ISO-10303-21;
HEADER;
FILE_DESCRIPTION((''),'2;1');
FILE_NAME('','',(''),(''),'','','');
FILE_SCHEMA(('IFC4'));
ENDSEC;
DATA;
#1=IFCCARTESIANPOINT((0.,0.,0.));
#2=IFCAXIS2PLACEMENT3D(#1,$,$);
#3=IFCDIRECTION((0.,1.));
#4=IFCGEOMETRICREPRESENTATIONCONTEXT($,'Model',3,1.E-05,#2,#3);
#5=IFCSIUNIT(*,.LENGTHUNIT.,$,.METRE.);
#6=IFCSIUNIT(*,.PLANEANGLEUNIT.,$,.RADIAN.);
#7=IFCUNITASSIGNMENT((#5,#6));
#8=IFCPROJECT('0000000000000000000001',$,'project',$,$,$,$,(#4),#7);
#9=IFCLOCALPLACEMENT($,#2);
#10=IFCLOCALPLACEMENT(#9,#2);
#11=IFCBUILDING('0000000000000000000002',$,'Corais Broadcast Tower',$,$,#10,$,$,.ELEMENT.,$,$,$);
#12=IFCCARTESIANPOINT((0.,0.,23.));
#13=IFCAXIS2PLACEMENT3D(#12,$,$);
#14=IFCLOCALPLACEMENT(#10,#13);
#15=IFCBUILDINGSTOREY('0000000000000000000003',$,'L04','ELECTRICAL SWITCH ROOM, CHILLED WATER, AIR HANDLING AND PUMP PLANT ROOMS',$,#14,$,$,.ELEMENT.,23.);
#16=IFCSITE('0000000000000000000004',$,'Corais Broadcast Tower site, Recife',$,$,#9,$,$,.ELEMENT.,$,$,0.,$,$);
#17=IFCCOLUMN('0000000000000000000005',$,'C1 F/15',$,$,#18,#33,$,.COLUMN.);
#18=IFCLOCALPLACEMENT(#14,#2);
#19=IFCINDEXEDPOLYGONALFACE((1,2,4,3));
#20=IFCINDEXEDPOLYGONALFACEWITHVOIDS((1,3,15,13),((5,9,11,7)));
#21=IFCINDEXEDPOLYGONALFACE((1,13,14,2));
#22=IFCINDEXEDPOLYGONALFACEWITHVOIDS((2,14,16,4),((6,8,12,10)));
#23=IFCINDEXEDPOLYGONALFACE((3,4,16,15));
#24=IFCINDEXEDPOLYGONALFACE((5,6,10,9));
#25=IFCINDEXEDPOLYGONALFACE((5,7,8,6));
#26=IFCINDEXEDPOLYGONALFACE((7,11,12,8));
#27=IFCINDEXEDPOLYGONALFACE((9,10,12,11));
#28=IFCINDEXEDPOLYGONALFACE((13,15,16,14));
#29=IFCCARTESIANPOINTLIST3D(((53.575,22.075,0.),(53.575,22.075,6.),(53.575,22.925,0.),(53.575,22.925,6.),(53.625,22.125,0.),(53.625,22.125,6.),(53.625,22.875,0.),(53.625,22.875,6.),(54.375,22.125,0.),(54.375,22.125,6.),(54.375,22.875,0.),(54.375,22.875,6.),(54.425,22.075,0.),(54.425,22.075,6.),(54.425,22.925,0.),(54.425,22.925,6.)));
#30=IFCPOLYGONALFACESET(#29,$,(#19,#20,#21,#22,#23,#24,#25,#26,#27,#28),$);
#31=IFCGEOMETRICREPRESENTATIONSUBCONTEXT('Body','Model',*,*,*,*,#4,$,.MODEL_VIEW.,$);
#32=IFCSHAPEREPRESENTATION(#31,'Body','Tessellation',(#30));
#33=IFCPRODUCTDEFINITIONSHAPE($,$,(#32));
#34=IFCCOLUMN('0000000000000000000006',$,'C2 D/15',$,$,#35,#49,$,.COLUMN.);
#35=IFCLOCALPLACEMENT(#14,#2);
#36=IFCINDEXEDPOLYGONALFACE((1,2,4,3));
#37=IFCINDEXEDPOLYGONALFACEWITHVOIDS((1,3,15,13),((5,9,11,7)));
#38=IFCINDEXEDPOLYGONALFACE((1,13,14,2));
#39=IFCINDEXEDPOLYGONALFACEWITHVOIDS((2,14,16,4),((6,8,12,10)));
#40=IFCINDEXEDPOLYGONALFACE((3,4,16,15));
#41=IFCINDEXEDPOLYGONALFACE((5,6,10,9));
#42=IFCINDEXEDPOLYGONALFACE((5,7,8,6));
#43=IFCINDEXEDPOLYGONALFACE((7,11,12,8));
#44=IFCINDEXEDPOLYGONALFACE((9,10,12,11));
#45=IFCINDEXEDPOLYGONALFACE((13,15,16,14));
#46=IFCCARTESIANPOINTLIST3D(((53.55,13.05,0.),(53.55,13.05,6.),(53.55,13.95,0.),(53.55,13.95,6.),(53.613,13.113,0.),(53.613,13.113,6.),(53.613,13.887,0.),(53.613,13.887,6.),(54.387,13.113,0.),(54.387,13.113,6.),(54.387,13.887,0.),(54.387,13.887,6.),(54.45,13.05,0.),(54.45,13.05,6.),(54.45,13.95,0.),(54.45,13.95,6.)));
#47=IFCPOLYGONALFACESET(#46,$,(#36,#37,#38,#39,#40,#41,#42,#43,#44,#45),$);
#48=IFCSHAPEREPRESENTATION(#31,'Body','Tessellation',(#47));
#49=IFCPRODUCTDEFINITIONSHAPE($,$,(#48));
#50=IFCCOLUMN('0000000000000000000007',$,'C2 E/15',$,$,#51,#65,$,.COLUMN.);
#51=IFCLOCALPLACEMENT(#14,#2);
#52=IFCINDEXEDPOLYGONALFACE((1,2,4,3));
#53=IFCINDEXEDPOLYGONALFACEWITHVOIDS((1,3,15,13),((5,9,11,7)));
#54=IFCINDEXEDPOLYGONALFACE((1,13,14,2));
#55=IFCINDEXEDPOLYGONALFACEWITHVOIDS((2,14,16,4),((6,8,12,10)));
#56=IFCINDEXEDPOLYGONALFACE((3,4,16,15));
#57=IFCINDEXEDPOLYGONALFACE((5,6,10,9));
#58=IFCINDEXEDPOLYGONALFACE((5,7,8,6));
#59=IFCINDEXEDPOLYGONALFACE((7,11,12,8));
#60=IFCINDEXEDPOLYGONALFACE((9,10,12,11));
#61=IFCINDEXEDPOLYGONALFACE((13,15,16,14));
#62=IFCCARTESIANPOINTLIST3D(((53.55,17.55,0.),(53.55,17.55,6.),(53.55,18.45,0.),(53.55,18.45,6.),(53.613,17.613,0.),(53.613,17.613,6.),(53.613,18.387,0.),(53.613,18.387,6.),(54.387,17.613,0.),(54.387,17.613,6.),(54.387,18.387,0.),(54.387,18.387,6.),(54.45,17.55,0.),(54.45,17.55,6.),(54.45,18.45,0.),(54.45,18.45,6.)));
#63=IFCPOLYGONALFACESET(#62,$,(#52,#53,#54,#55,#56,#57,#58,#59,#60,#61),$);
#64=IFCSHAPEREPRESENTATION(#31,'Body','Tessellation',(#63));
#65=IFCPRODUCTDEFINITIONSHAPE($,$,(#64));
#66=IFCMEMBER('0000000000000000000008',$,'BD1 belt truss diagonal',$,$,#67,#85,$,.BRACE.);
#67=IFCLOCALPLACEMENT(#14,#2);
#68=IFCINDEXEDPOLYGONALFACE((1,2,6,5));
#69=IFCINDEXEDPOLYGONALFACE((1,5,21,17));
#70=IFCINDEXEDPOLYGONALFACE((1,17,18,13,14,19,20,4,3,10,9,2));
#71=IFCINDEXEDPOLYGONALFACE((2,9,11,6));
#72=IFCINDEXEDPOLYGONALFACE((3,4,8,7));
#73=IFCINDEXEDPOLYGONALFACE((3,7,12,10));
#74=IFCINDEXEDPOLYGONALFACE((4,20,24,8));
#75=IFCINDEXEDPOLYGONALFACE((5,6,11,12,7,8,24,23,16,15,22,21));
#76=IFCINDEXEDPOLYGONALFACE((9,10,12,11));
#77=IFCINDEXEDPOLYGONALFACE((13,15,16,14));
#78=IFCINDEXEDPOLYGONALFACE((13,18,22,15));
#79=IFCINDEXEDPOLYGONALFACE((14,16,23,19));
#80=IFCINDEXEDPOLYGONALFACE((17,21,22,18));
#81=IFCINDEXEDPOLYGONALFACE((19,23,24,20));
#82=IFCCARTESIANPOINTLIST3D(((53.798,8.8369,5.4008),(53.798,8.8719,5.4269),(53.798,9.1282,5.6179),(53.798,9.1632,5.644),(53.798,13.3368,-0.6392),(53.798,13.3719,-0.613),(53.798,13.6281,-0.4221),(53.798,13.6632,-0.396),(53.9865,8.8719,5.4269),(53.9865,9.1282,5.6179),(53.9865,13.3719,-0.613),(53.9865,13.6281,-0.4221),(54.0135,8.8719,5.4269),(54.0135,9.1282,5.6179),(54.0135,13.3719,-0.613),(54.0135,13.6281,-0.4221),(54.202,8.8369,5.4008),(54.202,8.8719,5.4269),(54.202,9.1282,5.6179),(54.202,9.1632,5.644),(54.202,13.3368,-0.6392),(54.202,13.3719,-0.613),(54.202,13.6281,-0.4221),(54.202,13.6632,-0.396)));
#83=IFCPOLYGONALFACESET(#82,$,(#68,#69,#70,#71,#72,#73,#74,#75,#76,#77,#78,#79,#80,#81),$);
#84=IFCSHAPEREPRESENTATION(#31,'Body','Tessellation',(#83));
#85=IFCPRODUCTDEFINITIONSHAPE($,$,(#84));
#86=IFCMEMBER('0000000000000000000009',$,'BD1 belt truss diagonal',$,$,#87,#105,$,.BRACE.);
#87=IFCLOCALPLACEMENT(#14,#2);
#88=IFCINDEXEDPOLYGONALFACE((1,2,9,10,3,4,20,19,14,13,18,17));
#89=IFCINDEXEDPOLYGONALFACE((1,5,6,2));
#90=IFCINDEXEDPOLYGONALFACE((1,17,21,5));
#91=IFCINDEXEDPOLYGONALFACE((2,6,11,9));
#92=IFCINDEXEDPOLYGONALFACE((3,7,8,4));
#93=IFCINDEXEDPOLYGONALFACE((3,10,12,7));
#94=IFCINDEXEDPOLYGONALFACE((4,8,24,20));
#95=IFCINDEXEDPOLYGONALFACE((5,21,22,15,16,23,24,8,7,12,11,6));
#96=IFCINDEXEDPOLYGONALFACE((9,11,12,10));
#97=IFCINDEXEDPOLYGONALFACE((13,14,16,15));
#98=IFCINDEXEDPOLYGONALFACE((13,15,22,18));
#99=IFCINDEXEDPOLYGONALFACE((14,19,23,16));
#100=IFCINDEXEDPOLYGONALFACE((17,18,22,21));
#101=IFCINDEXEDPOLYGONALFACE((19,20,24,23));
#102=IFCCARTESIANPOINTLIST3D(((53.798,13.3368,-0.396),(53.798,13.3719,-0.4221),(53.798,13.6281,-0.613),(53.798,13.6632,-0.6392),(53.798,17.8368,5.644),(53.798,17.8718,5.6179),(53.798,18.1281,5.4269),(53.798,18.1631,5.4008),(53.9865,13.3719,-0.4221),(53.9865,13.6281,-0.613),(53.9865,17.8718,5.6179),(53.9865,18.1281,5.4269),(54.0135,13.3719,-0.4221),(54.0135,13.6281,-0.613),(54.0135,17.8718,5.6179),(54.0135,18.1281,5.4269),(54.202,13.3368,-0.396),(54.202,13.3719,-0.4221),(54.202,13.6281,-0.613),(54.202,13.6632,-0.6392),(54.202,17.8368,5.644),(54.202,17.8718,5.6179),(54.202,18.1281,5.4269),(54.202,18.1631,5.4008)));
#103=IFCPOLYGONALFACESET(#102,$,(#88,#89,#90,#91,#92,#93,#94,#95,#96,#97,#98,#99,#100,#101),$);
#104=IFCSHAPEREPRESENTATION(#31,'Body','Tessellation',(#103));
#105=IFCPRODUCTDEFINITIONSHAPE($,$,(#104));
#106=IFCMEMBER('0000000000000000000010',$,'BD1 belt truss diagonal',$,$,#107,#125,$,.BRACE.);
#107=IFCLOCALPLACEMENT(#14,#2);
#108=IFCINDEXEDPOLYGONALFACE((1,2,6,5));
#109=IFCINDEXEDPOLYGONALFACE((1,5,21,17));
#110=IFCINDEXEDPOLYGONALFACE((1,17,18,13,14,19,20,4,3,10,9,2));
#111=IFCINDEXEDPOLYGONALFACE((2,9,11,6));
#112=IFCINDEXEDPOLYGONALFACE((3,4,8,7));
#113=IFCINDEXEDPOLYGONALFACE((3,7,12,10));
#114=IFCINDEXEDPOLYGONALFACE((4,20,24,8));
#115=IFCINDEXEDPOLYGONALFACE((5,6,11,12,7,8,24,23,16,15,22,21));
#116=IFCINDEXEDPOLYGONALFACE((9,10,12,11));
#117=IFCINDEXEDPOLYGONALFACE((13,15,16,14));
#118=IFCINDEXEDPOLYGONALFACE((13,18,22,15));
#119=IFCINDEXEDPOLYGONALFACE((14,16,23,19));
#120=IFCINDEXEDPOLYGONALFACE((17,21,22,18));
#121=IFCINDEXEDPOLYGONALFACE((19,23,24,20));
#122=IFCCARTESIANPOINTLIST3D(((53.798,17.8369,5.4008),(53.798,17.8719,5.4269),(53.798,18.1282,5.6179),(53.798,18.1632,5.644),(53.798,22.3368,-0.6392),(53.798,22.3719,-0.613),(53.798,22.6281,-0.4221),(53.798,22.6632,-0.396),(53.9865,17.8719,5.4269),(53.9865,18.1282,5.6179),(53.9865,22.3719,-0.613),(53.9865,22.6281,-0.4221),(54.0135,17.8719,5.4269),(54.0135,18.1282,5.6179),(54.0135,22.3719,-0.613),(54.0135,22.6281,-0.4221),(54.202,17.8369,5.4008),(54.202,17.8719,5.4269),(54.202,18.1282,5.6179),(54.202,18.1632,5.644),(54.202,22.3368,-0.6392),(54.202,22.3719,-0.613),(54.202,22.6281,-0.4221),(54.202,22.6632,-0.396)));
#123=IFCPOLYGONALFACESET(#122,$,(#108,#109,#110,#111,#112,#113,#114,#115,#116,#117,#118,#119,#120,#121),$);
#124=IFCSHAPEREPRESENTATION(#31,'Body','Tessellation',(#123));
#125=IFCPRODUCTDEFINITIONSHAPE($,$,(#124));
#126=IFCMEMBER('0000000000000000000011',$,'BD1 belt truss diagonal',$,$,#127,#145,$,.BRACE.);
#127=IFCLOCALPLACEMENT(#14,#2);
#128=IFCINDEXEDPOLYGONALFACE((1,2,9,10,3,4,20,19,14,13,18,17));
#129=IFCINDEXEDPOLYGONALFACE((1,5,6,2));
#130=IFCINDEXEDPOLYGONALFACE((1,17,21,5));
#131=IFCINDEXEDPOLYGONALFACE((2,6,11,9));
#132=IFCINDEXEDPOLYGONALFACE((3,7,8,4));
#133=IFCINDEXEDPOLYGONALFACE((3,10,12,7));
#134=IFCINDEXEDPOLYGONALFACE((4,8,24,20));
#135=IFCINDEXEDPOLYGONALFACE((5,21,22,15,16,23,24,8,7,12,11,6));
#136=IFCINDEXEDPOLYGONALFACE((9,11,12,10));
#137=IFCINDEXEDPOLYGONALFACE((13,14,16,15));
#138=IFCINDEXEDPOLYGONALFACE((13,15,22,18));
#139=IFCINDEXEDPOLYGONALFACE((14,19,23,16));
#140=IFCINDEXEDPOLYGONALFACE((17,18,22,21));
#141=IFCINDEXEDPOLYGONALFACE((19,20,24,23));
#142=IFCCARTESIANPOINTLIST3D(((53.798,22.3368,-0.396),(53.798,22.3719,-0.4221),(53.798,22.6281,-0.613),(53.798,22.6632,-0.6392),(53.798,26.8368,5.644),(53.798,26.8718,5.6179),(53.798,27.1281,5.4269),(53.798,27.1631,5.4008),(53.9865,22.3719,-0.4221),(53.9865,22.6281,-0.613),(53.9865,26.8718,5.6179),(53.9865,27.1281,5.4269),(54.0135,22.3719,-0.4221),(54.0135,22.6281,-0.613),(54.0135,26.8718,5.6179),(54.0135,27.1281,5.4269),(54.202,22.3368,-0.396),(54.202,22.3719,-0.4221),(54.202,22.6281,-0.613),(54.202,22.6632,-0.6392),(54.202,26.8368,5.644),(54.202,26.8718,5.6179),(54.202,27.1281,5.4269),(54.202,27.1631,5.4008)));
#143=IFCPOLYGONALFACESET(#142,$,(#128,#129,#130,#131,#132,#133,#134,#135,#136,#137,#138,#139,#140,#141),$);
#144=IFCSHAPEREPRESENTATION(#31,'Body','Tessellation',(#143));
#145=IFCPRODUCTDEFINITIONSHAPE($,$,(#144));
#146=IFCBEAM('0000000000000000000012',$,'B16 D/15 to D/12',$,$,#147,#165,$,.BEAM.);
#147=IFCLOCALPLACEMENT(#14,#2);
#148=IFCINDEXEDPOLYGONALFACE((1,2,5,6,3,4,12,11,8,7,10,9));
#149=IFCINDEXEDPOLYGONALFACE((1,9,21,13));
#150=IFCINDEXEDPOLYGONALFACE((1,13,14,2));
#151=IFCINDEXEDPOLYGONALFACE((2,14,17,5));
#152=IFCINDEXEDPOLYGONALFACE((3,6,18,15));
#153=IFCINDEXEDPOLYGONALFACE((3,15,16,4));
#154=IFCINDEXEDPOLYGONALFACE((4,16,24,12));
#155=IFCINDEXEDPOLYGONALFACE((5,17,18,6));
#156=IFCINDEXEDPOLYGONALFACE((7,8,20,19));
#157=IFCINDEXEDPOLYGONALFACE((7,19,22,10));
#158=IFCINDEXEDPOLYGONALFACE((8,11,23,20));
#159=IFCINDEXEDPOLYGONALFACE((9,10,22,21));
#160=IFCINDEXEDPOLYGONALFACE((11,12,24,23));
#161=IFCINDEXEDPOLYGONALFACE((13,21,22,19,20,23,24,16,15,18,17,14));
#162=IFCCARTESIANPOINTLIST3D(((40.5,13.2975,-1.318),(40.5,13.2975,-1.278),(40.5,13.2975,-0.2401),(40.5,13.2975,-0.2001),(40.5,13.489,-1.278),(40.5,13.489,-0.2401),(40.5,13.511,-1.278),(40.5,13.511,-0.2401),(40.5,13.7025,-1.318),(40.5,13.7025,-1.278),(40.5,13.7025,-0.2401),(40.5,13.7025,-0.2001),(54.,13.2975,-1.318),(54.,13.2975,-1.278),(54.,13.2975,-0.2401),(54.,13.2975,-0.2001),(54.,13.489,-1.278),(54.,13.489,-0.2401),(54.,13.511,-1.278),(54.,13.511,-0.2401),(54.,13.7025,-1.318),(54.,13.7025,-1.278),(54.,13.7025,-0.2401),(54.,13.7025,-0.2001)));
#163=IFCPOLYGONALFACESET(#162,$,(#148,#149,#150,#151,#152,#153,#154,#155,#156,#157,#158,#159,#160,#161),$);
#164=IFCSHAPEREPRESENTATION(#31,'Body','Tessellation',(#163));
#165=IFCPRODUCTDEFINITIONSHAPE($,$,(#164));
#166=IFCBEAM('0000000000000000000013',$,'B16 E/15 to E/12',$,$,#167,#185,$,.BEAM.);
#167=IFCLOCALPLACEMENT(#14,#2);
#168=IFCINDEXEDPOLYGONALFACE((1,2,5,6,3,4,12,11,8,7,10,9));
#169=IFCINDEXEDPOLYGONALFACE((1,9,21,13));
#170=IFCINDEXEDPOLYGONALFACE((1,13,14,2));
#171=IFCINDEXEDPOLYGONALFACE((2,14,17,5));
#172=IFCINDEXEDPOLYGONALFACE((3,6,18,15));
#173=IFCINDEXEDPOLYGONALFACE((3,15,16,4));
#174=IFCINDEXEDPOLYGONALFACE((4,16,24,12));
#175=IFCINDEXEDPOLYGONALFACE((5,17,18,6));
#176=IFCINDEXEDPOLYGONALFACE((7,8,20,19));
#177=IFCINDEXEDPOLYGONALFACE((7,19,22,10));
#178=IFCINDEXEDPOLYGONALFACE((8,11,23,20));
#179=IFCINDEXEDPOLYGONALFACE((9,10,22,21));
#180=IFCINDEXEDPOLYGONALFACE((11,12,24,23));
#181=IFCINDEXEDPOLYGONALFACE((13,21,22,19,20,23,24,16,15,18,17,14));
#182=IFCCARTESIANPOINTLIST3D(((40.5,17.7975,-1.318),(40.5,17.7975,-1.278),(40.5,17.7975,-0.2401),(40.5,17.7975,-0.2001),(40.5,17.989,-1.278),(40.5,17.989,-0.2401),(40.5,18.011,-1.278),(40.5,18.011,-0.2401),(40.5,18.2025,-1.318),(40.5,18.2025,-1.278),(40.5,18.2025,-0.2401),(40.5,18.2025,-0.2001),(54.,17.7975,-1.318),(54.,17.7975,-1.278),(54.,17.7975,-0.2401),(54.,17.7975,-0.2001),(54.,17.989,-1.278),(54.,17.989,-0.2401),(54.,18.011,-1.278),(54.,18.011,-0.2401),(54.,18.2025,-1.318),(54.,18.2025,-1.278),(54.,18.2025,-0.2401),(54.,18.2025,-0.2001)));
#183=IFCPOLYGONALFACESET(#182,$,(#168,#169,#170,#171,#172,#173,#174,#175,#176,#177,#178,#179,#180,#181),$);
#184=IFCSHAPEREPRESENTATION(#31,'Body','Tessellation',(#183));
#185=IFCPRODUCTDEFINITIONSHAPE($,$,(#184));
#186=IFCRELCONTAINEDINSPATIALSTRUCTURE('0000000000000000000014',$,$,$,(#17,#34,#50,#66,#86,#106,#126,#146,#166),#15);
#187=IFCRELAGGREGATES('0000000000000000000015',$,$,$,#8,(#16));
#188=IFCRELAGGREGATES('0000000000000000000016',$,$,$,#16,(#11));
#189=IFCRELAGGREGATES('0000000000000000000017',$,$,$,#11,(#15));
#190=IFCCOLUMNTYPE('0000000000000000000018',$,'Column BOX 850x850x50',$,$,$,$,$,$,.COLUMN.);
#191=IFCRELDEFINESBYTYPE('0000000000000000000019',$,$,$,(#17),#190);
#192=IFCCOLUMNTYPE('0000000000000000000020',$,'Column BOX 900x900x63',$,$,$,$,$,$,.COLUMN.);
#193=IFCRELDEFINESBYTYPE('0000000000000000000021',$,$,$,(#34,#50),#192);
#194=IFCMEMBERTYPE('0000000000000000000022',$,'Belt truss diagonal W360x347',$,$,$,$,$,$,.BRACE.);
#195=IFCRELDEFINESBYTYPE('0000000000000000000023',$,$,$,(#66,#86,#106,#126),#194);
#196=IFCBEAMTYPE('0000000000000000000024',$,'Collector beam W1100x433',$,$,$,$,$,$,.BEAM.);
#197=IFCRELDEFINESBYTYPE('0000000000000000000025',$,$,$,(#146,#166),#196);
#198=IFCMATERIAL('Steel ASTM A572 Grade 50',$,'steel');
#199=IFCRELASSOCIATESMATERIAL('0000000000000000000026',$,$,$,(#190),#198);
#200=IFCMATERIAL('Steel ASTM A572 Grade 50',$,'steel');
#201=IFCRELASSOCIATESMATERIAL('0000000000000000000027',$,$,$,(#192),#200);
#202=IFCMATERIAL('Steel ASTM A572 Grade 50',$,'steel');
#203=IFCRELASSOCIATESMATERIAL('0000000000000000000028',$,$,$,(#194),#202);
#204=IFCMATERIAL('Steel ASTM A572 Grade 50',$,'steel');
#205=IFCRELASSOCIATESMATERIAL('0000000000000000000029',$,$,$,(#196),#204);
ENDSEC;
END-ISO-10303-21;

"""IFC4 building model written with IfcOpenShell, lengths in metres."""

from ifc_helpers import new_model, si_unit, direction, frame, origin, origin_2d, place, context, subcontext, project, spatial, hollow_rectangle, i_section, extrude, material, material_profile, profile_set, type_object, element, save


model = new_model("IFC4")

# Units and contexts
model_context = context("Model", 3, precision=1e-05, world=origin(), true_north=direction((0.0, 1.0)))
body_context = subcontext(model_context, "Body", "Model", "MODEL_VIEW")
ifc_project = project(units=[si_unit("LENGTHUNIT", "METRE"), si_unit("PLANEANGLEUNIT", "RADIAN")], contexts=[model_context])

# Site, building, storey
site_placement = place(None, origin())
site = spatial("IfcSite", under=ifc_project, at=site_placement, Name="Corais Broadcast Tower site, Recife", CompositionType="ELEMENT", RefElevation=0.0)
building_placement = place(site_placement, origin())
building = spatial("IfcBuilding", under=site, at=building_placement, Name="Corais Broadcast Tower", CompositionType="ELEMENT")
storey_placement = place(building_placement, frame((0.0, 0.0, 23.0)))
storey = spatial("IfcBuildingStorey", under=building, at=storey_placement, Name="L04", Description="ELECTRICAL SWITCH ROOM, CHILLED WATER, AIR HANDLING AND PUMP PLANT ROOMS", CompositionType="ELEMENT", Elevation=23.0)

# Columns
ifc_material_1 = material(Name="Steel ASTM A572 Grade 50", Category="steel")
ifc_material_profile_1 = material_profile(ifc_material_1, hollow_rectangle(XDim=0.8501, YDim=0.8501, WallThickness=0.05, at=origin_2d()), Name="BOX 850x850x50")
ifc_profile_set_1 = profile_set([ifc_material_profile_1], Name="Steel ASTM A572 Grade 50")
column_type_1 = type_object("IfcColumnType", Name="Column BOX 850x850x50", PredefinedType="COLUMN", material=ifc_profile_set_1)
column_placement = place(storey_placement, frame((54.0, 22.5, 0.0), z_axis=(0.0, 0.0, 1.0), x_axis=(1.0, 0.0, 0.0)))
element("IfcColumn", 1, at=column_placement, inside=storey, type_object=column_type_1, Name="C1 F/15", PredefinedType="COLUMN", context=body_context, shape_type="SweptSolid", body=[
    extrude(hollow_rectangle(XDim=0.8501, YDim=0.8501, WallThickness=0.05, at=origin_2d()), origin(), (0.0, 0.0, 1.0), 6.0),
])
ifc_material_2 = material(Name="Steel ASTM A572 Grade 50", Category="steel")
ifc_material_profile_2 = material_profile(ifc_material_2, hollow_rectangle(XDim=0.8999, YDim=0.8999, WallThickness=0.063, at=origin_2d()), Name="BOX 900x900x63")
ifc_profile_set_2 = profile_set([ifc_material_profile_2], Name="Steel ASTM A572 Grade 50")
column_type_2 = type_object("IfcColumnType", Name="Column BOX 900x900x63", PredefinedType="COLUMN", material=ifc_profile_set_2)
for number, where, z_axis, x_axis, name in (
    (2, (54.0, 13.5, 0.0), (0.0, 0.0, 1.0), (1.0, 0.0, 0.0), "C2 D/15"),
    (3, (54.0, 18.0, 0.0), (0.0, 0.0, 1.0), (1.0, 0.0, 0.0), "C2 E/15"),
):
    element("IfcColumn", number, at=place(storey_placement, frame(where, z_axis=z_axis, x_axis=x_axis)), inside=storey, type_object=column_type_2, Name=name, PredefinedType="COLUMN", context=body_context, shape_type="SweptSolid", body=[
        extrude(hollow_rectangle(XDim=0.8999, YDim=0.8999, WallThickness=0.063, at=origin_2d()), origin(), (0.0, 0.0, 1.0), 6.0),
    ])

# Members
ifc_material_3 = material(Name="Steel ASTM A572 Grade 50", Category="steel")
ifc_material_profile_3 = material_profile(ifc_material_3, i_section(OverallWidth=0.4041, OverallDepth=0.407, WebThickness=0.0271, FlangeThickness=0.0437, at=origin_2d()), Name="W360x347")
ifc_profile_set_3 = profile_set([ifc_material_profile_3], Name="Steel ASTM A572 Grade 50")
member_type = type_object("IfcMemberType", Name="Belt truss diagonal W360x347", PredefinedType="BRACE", material=ifc_profile_set_3)
for number, where, z_axis, x_axis, name in (
    (4, (54.0, 13.5, -0.5176), (0.0, -0.597445, 0.80191), (1.0, 0.0, 0.0), "BD1 belt truss diagonal"),
    (5, (54.0, 13.5, -0.5176), (0.0, 0.597445, 0.80191), (-1.0, 0.0, 0.0), "BD1 belt truss diagonal"),
    (6, (54.0, 22.5, -0.5176), (0.0, -0.597445, 0.80191), (1.0, 0.0, 0.0), "BD1 belt truss diagonal"),
    (7, (54.0, 22.5, -0.5176), (0.0, 0.597445, 0.80191), (-1.0, 0.0, 0.0), "BD1 belt truss diagonal"),
):
    element("IfcMember", number, at=place(storey_placement, frame(where, z_axis=z_axis, x_axis=x_axis)), inside=storey, type_object=member_type, Name=name, PredefinedType="BRACE", context=body_context, shape_type="SweptSolid", body=[
        extrude(i_section(OverallWidth=0.4041, OverallDepth=0.407, WebThickness=0.0271, FlangeThickness=0.0437, at=origin_2d()), origin(), (0.0, 0.0, 1.0), 7.532),
    ])

# Beams
ifc_material_4 = material(Name="Steel ASTM A572 Grade 50", Category="steel")
ifc_material_profile_4 = material_profile(ifc_material_4, i_section(OverallWidth=0.405, OverallDepth=1.1179, WebThickness=0.022, FlangeThickness=0.04, at=origin_2d()), Name="W1100x433")
ifc_profile_set_4 = profile_set([ifc_material_profile_4], Name="Steel ASTM A572 Grade 50")
beam_type_1 = type_object("IfcBeamType", Name="Collector beam W1100x433", PredefinedType="BEAM", material=ifc_profile_set_4)
for number, where, z_axis, x_axis, name in (
    (8, (54.0, 13.5, -0.759), (-1.0, 0.0, 0.0), (0.0, -1.0, 0.0), "B16 D/15 to D/12"),
    (9, (54.0, 18.0, -0.759), (-1.0, 0.0, 0.0), (0.0, -1.0, 0.0), "B16 E/15 to E/12"),
):
    element("IfcBeam", number, at=place(storey_placement, frame(where, z_axis=z_axis, x_axis=x_axis)), inside=storey, type_object=beam_type_1, Name=name, PredefinedType="BEAM", context=body_context, shape_type="SweptSolid", body=[
        extrude(i_section(OverallWidth=0.405, OverallDepth=1.1179, WebThickness=0.022, FlangeThickness=0.04, at=origin_2d()), origin(), (0.0, 0.0, 1.0), 13.5),
    ])

save(model, "model.ifc")
